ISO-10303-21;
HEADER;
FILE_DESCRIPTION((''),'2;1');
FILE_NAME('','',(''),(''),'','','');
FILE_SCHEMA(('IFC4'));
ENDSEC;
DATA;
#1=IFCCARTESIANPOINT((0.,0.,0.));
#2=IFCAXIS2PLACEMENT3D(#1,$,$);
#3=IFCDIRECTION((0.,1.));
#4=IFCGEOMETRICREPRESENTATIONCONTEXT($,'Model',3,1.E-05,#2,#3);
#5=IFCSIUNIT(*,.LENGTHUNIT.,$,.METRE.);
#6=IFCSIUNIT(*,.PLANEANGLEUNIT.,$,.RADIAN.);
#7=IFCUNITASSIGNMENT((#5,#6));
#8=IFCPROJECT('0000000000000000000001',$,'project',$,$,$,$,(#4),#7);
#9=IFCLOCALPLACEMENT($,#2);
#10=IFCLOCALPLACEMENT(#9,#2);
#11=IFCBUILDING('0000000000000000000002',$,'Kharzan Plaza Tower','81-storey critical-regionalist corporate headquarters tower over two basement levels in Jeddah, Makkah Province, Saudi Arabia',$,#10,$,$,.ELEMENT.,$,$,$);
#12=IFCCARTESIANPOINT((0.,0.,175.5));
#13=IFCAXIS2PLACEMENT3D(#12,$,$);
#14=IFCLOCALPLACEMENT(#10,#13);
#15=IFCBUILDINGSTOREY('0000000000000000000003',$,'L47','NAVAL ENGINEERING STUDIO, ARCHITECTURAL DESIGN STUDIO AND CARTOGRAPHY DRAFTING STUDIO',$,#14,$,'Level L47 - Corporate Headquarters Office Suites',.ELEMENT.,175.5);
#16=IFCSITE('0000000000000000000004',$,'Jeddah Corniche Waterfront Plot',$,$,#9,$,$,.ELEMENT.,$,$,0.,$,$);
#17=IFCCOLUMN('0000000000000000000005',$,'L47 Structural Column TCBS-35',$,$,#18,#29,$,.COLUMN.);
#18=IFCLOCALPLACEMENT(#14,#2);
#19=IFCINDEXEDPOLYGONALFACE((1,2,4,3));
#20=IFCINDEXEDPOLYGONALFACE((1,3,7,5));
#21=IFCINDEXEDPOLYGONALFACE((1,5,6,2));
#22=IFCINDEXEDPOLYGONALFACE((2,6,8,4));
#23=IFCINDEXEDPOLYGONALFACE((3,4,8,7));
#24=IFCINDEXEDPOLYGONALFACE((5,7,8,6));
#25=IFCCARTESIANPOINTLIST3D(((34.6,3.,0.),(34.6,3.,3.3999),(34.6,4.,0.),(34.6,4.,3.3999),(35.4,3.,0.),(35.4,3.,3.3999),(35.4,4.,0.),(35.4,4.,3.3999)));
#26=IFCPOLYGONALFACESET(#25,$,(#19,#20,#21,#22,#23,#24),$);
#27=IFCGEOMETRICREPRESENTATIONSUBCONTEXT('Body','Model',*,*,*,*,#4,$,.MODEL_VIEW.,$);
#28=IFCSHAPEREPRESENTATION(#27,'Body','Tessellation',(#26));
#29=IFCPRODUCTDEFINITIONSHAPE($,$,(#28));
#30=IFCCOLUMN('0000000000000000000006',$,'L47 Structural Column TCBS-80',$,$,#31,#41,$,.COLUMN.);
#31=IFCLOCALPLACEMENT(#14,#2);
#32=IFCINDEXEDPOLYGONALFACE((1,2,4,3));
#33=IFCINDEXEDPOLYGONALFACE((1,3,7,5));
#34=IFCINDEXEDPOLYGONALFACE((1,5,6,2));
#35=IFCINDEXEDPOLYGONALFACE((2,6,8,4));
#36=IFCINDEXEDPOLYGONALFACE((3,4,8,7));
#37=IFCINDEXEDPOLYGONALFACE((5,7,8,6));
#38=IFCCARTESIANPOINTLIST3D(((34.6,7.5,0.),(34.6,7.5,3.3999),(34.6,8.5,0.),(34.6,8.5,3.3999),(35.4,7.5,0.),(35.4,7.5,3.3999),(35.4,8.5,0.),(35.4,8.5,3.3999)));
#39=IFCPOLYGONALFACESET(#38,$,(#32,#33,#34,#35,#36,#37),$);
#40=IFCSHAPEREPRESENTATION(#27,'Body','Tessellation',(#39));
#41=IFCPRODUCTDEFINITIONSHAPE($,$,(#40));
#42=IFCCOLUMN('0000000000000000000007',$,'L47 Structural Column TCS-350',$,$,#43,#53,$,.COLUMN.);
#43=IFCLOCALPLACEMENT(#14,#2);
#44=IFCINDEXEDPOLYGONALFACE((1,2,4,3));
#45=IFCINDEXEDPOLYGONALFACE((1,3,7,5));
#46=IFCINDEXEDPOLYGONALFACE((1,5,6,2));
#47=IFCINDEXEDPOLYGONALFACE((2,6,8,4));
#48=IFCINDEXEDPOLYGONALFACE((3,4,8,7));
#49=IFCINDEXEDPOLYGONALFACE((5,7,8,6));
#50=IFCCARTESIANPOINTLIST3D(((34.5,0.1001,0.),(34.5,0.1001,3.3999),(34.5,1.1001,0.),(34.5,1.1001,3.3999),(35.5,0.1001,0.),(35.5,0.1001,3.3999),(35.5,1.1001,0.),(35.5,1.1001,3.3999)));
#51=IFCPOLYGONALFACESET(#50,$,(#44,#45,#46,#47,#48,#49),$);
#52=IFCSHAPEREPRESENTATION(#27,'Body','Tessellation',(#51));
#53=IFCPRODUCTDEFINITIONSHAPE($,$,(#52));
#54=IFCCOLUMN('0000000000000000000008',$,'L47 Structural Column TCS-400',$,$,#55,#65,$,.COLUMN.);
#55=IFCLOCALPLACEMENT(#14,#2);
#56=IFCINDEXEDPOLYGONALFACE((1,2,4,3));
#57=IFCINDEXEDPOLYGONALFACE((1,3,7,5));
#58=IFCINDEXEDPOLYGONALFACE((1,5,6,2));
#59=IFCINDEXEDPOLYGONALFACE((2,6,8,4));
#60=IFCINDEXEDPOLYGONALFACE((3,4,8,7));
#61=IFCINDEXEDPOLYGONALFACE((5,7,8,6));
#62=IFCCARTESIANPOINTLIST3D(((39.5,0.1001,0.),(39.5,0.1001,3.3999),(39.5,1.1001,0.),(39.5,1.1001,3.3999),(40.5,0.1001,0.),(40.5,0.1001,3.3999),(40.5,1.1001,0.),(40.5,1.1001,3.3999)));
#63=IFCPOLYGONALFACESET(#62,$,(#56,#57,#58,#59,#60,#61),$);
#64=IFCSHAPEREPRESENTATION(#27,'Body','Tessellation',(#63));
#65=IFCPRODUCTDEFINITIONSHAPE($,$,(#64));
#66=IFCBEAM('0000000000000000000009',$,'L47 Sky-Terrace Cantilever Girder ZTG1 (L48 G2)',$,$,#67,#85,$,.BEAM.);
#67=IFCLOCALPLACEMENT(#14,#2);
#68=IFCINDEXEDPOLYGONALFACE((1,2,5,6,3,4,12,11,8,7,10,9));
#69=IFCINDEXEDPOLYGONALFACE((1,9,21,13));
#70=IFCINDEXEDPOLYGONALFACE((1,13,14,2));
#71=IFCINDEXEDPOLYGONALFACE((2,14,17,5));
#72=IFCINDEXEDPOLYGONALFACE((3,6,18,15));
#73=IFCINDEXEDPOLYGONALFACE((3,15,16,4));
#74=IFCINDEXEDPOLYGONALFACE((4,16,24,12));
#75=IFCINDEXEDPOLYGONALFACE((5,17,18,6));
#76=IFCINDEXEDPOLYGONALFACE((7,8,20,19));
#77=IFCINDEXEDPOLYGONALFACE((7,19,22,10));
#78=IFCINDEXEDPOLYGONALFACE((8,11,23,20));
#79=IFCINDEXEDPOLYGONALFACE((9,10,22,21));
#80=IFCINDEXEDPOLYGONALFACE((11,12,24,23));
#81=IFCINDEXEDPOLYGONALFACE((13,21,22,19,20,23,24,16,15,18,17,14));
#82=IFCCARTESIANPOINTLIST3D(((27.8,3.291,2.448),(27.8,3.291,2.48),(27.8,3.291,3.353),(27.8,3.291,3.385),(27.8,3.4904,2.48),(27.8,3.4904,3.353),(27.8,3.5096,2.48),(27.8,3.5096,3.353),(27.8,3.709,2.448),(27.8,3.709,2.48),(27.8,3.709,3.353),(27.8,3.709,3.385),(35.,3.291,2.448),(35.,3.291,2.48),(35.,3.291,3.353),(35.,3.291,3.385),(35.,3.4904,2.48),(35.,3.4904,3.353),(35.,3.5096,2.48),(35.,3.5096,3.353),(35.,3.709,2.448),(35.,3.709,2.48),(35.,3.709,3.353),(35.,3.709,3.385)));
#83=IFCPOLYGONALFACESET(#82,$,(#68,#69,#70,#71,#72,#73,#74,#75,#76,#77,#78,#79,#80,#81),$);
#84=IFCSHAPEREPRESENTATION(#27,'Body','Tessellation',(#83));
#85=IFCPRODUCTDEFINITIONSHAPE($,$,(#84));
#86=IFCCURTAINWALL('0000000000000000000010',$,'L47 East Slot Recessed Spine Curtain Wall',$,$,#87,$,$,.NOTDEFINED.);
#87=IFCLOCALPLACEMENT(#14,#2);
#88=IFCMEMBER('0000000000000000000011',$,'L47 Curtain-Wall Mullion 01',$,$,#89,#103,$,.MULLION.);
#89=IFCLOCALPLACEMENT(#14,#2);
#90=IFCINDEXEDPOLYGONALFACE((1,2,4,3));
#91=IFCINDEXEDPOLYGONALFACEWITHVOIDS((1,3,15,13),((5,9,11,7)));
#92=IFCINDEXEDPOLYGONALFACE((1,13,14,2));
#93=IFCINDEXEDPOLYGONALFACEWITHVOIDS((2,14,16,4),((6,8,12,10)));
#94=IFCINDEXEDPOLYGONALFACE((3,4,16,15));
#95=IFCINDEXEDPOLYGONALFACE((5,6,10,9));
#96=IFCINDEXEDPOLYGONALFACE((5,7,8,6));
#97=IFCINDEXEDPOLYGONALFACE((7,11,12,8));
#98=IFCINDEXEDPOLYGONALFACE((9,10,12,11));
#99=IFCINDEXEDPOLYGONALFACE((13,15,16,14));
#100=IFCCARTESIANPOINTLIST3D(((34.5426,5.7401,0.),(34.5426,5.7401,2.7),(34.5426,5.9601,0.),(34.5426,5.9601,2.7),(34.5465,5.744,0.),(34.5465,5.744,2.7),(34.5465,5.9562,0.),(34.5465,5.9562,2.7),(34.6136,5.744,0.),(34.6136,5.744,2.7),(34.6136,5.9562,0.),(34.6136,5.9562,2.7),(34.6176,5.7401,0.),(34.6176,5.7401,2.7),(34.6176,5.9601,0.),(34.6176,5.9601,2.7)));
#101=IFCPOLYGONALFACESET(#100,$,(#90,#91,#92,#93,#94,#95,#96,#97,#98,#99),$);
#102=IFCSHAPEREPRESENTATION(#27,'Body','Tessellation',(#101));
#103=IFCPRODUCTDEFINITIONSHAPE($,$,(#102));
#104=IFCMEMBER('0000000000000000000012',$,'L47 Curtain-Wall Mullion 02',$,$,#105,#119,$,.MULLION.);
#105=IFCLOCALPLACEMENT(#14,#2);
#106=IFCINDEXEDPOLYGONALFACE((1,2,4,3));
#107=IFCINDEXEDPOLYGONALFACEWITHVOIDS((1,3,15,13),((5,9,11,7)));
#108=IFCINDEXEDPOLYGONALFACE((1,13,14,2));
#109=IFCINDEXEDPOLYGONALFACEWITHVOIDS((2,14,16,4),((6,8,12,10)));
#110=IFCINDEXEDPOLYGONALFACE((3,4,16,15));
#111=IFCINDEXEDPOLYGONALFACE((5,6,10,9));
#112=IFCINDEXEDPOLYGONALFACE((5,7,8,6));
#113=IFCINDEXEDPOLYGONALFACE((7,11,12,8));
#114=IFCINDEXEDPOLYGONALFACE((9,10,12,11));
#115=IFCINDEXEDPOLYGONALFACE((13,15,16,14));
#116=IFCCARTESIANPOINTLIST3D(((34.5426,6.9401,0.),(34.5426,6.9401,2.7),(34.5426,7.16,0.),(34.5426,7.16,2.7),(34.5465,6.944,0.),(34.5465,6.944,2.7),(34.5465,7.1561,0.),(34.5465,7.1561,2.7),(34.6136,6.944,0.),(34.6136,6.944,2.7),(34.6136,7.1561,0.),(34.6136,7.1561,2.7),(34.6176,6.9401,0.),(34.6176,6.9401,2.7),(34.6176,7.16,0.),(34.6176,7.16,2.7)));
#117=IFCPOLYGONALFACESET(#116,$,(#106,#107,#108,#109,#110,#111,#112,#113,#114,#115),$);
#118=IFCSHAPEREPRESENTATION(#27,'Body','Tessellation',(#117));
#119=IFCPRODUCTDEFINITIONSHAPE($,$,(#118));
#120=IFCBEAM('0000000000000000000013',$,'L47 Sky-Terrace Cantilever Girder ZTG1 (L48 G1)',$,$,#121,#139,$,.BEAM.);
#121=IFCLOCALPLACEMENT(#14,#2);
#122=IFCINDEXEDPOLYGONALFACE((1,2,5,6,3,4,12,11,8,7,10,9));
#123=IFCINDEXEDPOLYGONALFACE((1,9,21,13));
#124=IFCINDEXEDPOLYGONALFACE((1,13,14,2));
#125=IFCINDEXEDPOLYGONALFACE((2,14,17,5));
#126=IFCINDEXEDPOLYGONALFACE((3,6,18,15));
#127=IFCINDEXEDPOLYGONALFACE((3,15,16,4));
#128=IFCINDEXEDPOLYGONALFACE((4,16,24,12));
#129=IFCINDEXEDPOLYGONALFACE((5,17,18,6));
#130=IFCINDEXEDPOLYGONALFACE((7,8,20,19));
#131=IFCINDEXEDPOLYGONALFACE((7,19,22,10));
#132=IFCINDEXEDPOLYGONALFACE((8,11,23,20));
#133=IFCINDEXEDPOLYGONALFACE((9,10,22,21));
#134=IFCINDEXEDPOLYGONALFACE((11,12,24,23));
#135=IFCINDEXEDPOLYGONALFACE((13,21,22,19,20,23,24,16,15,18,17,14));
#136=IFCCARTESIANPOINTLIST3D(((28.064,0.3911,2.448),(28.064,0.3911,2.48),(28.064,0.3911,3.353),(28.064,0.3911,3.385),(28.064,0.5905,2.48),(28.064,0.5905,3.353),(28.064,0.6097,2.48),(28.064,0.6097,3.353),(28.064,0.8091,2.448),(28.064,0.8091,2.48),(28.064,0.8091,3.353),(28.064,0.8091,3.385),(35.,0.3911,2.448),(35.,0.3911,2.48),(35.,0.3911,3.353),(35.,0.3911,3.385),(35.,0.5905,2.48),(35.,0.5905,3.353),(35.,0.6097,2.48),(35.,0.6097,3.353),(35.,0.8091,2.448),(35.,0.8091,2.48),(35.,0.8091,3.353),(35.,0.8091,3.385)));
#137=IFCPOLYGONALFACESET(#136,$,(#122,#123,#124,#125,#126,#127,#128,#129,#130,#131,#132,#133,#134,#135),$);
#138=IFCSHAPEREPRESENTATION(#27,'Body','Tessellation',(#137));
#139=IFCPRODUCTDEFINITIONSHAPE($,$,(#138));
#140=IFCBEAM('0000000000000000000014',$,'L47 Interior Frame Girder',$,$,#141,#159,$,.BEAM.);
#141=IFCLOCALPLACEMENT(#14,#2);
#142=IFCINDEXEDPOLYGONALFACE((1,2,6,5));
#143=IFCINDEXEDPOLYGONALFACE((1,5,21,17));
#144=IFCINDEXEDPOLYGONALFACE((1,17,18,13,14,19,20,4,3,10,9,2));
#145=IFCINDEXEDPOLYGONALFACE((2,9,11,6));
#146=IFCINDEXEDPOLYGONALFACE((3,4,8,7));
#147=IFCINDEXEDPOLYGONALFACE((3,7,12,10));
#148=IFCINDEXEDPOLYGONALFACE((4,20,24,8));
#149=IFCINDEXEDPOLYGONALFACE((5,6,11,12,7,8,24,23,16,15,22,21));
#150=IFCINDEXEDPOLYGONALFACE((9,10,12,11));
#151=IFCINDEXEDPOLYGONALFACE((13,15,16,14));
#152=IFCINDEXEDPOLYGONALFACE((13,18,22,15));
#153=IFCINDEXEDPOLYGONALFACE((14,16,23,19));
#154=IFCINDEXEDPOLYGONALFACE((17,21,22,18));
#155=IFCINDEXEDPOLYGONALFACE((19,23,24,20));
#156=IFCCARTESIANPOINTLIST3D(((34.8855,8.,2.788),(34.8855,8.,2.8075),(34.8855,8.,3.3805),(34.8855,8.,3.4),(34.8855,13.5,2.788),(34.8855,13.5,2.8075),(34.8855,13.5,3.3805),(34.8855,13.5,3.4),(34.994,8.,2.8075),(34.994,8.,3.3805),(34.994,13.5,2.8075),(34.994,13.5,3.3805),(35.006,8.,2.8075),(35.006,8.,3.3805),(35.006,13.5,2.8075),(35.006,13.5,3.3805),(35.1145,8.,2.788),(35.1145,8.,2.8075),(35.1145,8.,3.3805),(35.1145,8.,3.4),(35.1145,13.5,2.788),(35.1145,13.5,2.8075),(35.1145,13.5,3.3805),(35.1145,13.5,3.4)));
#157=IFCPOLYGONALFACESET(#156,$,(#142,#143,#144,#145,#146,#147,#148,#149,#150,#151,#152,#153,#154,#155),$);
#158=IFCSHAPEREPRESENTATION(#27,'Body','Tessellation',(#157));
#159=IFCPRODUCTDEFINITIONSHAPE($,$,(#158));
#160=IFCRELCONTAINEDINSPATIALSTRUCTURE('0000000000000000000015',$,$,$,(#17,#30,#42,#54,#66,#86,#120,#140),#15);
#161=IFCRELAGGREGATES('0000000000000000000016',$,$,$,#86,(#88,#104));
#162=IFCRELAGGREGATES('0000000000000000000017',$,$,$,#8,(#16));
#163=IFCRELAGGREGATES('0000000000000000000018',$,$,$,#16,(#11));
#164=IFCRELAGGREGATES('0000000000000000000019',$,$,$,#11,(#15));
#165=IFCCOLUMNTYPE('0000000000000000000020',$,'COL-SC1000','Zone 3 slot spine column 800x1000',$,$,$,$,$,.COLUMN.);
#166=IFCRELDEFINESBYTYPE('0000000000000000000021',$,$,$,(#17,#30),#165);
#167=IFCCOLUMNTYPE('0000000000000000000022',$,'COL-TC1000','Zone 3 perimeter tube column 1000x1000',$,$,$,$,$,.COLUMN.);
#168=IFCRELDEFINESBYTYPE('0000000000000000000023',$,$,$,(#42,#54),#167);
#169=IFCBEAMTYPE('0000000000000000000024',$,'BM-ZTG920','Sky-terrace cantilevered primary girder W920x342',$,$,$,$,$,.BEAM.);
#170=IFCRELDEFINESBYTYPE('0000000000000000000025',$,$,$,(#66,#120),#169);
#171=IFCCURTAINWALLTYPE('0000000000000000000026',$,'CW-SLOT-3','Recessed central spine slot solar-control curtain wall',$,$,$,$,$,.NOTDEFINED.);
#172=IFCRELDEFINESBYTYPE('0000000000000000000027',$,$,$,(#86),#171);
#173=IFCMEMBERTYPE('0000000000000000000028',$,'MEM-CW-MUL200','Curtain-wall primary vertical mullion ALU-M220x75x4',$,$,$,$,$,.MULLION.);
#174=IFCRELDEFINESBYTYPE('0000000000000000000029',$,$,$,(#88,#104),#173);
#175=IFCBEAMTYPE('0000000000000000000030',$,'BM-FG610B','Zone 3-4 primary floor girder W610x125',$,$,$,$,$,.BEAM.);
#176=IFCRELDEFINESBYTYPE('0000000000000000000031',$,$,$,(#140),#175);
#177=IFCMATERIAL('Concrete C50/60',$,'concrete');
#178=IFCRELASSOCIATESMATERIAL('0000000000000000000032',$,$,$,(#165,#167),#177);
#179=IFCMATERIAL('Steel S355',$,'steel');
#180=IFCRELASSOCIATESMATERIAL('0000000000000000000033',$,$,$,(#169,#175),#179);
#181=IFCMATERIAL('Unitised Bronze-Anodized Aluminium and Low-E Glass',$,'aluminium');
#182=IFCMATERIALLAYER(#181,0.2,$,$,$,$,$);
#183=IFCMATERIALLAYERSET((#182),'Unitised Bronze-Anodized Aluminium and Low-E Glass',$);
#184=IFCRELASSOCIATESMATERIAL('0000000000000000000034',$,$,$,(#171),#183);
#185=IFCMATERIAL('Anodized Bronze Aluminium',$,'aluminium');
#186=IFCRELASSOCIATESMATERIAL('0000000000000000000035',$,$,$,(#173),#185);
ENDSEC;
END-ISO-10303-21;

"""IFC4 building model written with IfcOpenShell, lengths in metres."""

from ifc_helpers import new_model, si_unit, direction, frame, origin, origin_2d, place, context, subcontext, project, spatial, rectangle, hollow_rectangle, i_section, extrude, source, transform, mapped, material, layer, layer_set, material_profile, profile_set, type_object, element, aggregate, save


model = new_model("IFC4")

# Units and contexts
model_context = context("Model", 3, precision=1e-05, world=origin(), true_north=direction((0.0, 1.0)))
body_context = subcontext(model_context, "Body", "Model", "MODEL_VIEW")
ifc_project = project(units=[si_unit("LENGTHUNIT", "METRE"), si_unit("PLANEANGLEUNIT", "RADIAN")], contexts=[model_context])

# Site, building, storey
site_placement = place(None, origin())
site = spatial("IfcSite", under=ifc_project, at=site_placement, Name="Jeddah Corniche Waterfront Plot", CompositionType="ELEMENT", RefElevation=0.0)
building_placement = place(site_placement, origin())
building = spatial("IfcBuilding", under=site, at=building_placement, Name="Kharzan Plaza Tower", Description="81-storey critical-regionalist corporate headquarters tower over two basement levels in Jeddah, Makkah Province, Saudi Arabia", CompositionType="ELEMENT")
storey_placement = place(building_placement, frame((0.0, 0.0, 175.5)))
storey = spatial("IfcBuildingStorey", under=building, at=storey_placement, Name="L47", Description="NAVAL ENGINEERING STUDIO, ARCHITECTURAL DESIGN STUDIO AND CARTOGRAPHY DRAFTING STUDIO", LongName="Level L47 - Corporate Headquarters Office Suites", CompositionType="ELEMENT", Elevation=175.5)

# Columns
ifc_material_1 = material(Name="Concrete C50/60", Category="concrete")
ifc_material_profile_1 = material_profile(ifc_material_1, rectangle(XDim=0.8, YDim=1.0, at=origin_2d()), Name="RC-SC1000x800")
ifc_profile_set_1 = profile_set([ifc_material_profile_1], Name="Concrete C50/60")
column_type_1 = type_object("IfcColumnType", Name="COL-SC1000", Description="Zone 3 slot spine column 800x1000", PredefinedType="COLUMN", material=ifc_profile_set_1)
shared_shape_1 = source(origin(), body_context, "Body", "SweptSolid", [
    extrude(rectangle(XDim=0.8, YDim=1.0, at=origin_2d()), origin(), (0.0, 0.0, 1.0), 3.3999),
])
for number, where, z_axis, x_axis, name in (
    (1, (35.0, 3.5, 0.0), (0.0, 0.0, 1.0), (1.0, 0.0, 0.0), "L47 Structural Column TCBS-35"),
    (2, (35.0, 8.0, 0.0), (0.0, 0.0, 1.0), (1.0, 0.0, 0.0), "L47 Structural Column TCBS-80"),
):
    element("IfcColumn", number, at=place(storey_placement, frame(where, z_axis=z_axis, x_axis=x_axis)), inside=storey, type_object=column_type_1, Name=name, PredefinedType="COLUMN", context=body_context, shape_type="MappedRepresentation", body=[
        mapped(shared_shape_1, transform((0.0, 0.0, 0.0), x_axis=(1.0, 0.0, 0.0), y_axis=(0.0, 1.0, 0.0), z_axis=(0.0, 0.0, 1.0))),
    ])
ifc_material_profile_2 = material_profile(ifc_material_1, rectangle(XDim=1.0, YDim=1.0, at=origin_2d()), Name="RC-TC1000x1000")
ifc_profile_set_2 = profile_set([ifc_material_profile_2], Name="Concrete C50/60")
column_type_2 = type_object("IfcColumnType", Name="COL-TC1000", Description="Zone 3 perimeter tube column 1000x1000", PredefinedType="COLUMN", material=ifc_profile_set_2)
shared_shape_2 = source(origin(), body_context, "Body", "SweptSolid", [
    extrude(rectangle(XDim=1.0, YDim=1.0, at=origin_2d()), origin(), (0.0, 0.0, 1.0), 3.3999),
])
for number, where, z_axis, x_axis, name in (
    (3, (35.0, 0.6001, 0.0), (0.0, 0.0, 1.0), (1.0, 0.0, 0.0), "L47 Structural Column TCS-350"),
    (4, (40.0, 0.6001, 0.0), (0.0, 0.0, 1.0), (1.0, 0.0, 0.0), "L47 Structural Column TCS-400"),
):
    element("IfcColumn", number, at=place(storey_placement, frame(where, z_axis=z_axis, x_axis=x_axis)), inside=storey, type_object=column_type_2, Name=name, PredefinedType="COLUMN", context=body_context, shape_type="MappedRepresentation", body=[
        mapped(shared_shape_2, transform((0.0, 0.0, 0.0), x_axis=(1.0, 0.0, 0.0), y_axis=(0.0, 1.0, 0.0), z_axis=(0.0, 0.0, 1.0))),
    ])

# Beam
ifc_material_2 = material(Name="Steel S355", Category="steel")
ifc_material_profile_3 = material_profile(ifc_material_2, i_section(OverallWidth=0.418, OverallDepth=0.937, WebThickness=0.0193, FlangeThickness=0.032, at=origin_2d()), Name="W920x342")
ifc_profile_set_3 = profile_set([ifc_material_profile_3], Name="Steel S355")
beam_type_1 = type_object("IfcBeamType", Name="BM-ZTG920", Description="Sky-terrace cantilevered primary girder W920x342", PredefinedType="BEAM", material=ifc_profile_set_3)
shared_shape_3 = source(origin(), body_context, "Body", "SweptSolid", [
    extrude(i_section(OverallWidth=0.418, OverallDepth=0.937, WebThickness=0.0193, FlangeThickness=0.032, at=origin_2d()), origin(), (0.0, 0.0, 1.0), 7.2),
])
beam_1_placement = place(storey_placement, frame((35.0, 3.5, 2.9165), z_axis=(-1.0, 0.0, 0.0), x_axis=(0.0, -1.0, 0.0)))
element("IfcBeam", 5, at=beam_1_placement, inside=storey, type_object=beam_type_1, Name="L47 Sky-Terrace Cantilever Girder ZTG1 (L48 G2)", PredefinedType="BEAM", context=body_context, shape_type="MappedRepresentation", body=[
    mapped(shared_shape_3, transform((0.0, 0.0, 0.0), x_axis=(1.0, 0.0, 0.0), y_axis=(0.0, 1.0, 0.0), z_axis=(0.0, 0.0, 1.0))),
])

# Curtain wall, members
ifc_material_3 = material(Name="Unitised Bronze-Anodized Aluminium and Low-E Glass", Category="aluminium")
ifc_layer_1 = layer(ifc_material_3, 0.2)
ifc_layer_set_1 = layer_set([ifc_layer_1], Name="Unitised Bronze-Anodized Aluminium and Low-E Glass")
curtain_wall_type = type_object("IfcCurtainWallType", Name="CW-SLOT-3", Description="Recessed central spine slot solar-control curtain wall", PredefinedType="NOTDEFINED", material=ifc_layer_set_1)
curtain_wall_placement = place(storey_placement, origin())
curtain_wall = element("IfcCurtainWall", 6, at=curtain_wall_placement, inside=storey, type_object=curtain_wall_type, Name="L47 East Slot Recessed Spine Curtain Wall", PredefinedType="NOTDEFINED")
ifc_material_4 = material(Name="Anodized Bronze Aluminium", Category="aluminium")
ifc_material_profile_4 = material_profile(ifc_material_4, hollow_rectangle(XDim=0.075, YDim=0.22, WallThickness=0.0039, at=origin_2d()), Name="ALU-M220x75x4")
ifc_profile_set_4 = profile_set([ifc_material_profile_4], Name="Anodized Bronze Aluminium")
member_type = type_object("IfcMemberType", Name="MEM-CW-MUL200", Description="Curtain-wall primary vertical mullion ALU-M220x75x4", PredefinedType="MULLION", material=ifc_profile_set_4)
shared_shape_4 = source(origin(), body_context, "Body", "SweptSolid", [
    extrude(hollow_rectangle(XDim=0.075, YDim=0.22, WallThickness=0.0039, at=origin_2d()), origin(), (0.0, 0.0, 1.0), 2.7),
])
member_1_placement = place(storey_placement, frame((34.5801, 5.8501, 0.0), z_axis=(0.0, 0.0, 1.0), x_axis=(1.0, 0.0, 0.0)))
member_1 = element("IfcMember", 7, at=member_1_placement, type_object=member_type, Name="L47 Curtain-Wall Mullion 01", PredefinedType="MULLION", context=body_context, shape_type="MappedRepresentation", body=[
    mapped(shared_shape_4, transform((0.0, 0.0, 0.0), x_axis=(1.0, 0.0, 0.0), y_axis=(0.0, 1.0, 0.0), z_axis=(0.0, 0.0, 1.0))),
])
member_2_placement = place(storey_placement, frame((34.5801, 7.05, 0.0), z_axis=(0.0, 0.0, 1.0), x_axis=(1.0, 0.0, 0.0)))
member_2 = element("IfcMember", 8, at=member_2_placement, type_object=member_type, Name="L47 Curtain-Wall Mullion 02", PredefinedType="MULLION", context=body_context, shape_type="MappedRepresentation", body=[
    mapped(shared_shape_4, transform((0.0, 0.0, 0.0), x_axis=(1.0, 0.0, 0.0), y_axis=(0.0, 1.0, 0.0), z_axis=(0.0, 0.0, 1.0))),
])

# Beams
shared_shape_5 = source(origin(), body_context, "Body", "SweptSolid", [
    extrude(i_section(OverallWidth=0.418, OverallDepth=0.937, WebThickness=0.0193, FlangeThickness=0.032, at=origin_2d()), origin(), (0.0, 0.0, 1.0), 6.936),
])
beam_2_placement = place(storey_placement, frame((35.0, 0.6001, 2.9165), z_axis=(-1.0, 0.0, 0.0), x_axis=(0.0, -1.0, 0.0)))
element("IfcBeam", 9, at=beam_2_placement, inside=storey, type_object=beam_type_1, Name="L47 Sky-Terrace Cantilever Girder ZTG1 (L48 G1)", PredefinedType="BEAM", context=body_context, shape_type="MappedRepresentation", body=[
    mapped(shared_shape_5, transform((0.0, 0.0, 0.0), x_axis=(1.0, 0.0, 0.0), y_axis=(0.0, 1.0, 0.0), z_axis=(0.0, 0.0, 1.0))),
])
ifc_material_profile_5 = material_profile(ifc_material_2, i_section(OverallWidth=0.229, OverallDepth=0.6121, WebThickness=0.012, FlangeThickness=0.0195, at=origin_2d()), Name="W610x125")
ifc_profile_set_5 = profile_set([ifc_material_profile_5], Name="Steel S355")
beam_type_2 = type_object("IfcBeamType", Name="BM-FG610B", Description="Zone 3-4 primary floor girder W610x125", PredefinedType="BEAM", material=ifc_profile_set_5)
shared_shape_6 = source(origin(), body_context, "Body", "SweptSolid", [
    extrude(i_section(OverallWidth=0.229, OverallDepth=0.6121, WebThickness=0.012, FlangeThickness=0.0195, at=origin_2d()), origin(), (0.0, 0.0, 1.0), 5.5),
])
beam_3_placement = place(storey_placement, frame((35.0, 8.0, 3.094), z_axis=(0.0, 1.0, 0.0), x_axis=(-1.0, 0.0, 0.0)))
element("IfcBeam", 10, at=beam_3_placement, inside=storey, type_object=beam_type_2, Name="L47 Interior Frame Girder", PredefinedType="BEAM", context=body_context, shape_type="MappedRepresentation", body=[
    mapped(shared_shape_6, transform((0.0, 0.0, 0.0), x_axis=(1.0, 0.0, 0.0), y_axis=(0.0, 1.0, 0.0), z_axis=(0.0, 0.0, 1.0))),
])

aggregate(curtain_wall, [member_1, member_2])

save(model, "model.ifc")
